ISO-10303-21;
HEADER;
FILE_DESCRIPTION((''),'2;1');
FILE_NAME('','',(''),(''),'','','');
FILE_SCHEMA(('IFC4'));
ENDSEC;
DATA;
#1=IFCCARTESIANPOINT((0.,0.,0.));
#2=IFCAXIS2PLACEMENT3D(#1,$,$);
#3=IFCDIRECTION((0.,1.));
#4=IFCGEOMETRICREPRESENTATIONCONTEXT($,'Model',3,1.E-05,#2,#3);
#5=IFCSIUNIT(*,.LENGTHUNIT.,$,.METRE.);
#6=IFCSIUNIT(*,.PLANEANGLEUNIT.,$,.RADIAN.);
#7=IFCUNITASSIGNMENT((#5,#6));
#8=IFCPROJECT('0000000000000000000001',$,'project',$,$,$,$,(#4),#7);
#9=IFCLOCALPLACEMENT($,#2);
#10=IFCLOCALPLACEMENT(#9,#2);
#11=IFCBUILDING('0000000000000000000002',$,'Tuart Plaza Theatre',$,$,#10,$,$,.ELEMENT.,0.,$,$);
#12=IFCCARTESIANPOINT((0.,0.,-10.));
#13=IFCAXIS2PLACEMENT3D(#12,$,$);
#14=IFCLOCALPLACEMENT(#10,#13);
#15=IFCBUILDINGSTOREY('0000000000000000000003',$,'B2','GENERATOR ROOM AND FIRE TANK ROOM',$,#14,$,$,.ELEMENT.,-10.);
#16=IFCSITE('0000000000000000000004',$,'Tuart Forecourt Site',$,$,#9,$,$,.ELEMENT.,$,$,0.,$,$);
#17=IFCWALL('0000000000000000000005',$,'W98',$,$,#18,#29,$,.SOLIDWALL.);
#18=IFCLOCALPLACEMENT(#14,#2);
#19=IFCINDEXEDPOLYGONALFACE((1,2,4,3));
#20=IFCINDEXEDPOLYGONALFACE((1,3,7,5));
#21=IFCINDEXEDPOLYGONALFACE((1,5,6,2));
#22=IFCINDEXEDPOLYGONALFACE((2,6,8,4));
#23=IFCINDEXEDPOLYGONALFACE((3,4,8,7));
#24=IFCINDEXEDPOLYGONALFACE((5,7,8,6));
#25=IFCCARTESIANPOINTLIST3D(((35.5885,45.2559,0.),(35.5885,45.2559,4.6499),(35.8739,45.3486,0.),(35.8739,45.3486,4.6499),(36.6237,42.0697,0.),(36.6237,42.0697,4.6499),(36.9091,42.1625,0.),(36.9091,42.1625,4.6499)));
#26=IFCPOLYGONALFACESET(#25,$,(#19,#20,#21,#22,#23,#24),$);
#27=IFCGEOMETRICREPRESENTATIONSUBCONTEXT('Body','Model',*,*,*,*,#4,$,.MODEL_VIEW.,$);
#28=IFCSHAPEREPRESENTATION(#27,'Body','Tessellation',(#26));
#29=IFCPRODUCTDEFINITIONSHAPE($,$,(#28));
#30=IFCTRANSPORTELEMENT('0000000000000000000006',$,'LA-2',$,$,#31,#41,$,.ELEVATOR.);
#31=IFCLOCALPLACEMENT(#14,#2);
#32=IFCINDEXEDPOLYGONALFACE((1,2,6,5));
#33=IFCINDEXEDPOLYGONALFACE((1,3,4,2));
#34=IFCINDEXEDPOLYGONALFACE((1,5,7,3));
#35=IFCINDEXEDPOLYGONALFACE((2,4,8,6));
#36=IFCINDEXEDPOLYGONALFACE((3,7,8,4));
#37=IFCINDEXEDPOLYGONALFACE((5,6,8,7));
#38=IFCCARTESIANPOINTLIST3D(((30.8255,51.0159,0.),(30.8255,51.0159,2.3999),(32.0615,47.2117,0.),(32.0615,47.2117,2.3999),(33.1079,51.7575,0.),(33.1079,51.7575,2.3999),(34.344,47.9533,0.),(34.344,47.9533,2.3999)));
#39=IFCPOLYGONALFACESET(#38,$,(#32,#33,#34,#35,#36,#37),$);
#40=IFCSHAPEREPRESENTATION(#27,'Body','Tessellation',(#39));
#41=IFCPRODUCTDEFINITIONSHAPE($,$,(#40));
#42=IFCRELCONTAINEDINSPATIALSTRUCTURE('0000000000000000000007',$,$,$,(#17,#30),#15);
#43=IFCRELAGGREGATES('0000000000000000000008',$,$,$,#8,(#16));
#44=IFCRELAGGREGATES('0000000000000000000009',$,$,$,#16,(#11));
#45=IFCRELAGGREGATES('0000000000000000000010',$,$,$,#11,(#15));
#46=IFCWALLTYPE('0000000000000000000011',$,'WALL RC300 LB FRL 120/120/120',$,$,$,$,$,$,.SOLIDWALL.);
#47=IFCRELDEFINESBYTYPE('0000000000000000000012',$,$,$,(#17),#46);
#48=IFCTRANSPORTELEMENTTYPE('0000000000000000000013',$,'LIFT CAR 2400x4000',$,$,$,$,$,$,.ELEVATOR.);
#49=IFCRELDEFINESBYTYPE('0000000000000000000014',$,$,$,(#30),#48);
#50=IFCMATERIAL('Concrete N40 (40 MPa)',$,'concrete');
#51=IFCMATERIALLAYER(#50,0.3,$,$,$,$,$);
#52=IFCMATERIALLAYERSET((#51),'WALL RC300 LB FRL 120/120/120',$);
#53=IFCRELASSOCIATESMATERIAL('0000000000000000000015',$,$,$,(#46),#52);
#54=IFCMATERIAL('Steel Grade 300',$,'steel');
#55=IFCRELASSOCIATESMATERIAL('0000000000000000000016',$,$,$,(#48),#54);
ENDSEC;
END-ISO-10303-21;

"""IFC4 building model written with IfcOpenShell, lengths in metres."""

from ifc_helpers import new_model, si_unit, direction, frame, frame_2d, origin, origin_2d, place, context, subcontext, project, spatial, rectangle, extrude, material, layer, layer_set, type_object, element, save


model = new_model("IFC4")

# Units and contexts
model_context = context("Model", 3, precision=1e-05, world=origin(), true_north=direction((0.0, 1.0)))
body_context = subcontext(model_context, "Body", "Model", "MODEL_VIEW")
ifc_project = project(units=[si_unit("LENGTHUNIT", "METRE"), si_unit("PLANEANGLEUNIT", "RADIAN")], contexts=[model_context])

# Site, building, storey
site_placement = place(None, origin())
site = spatial("IfcSite", under=ifc_project, at=site_placement, Name="Tuart Forecourt Site", CompositionType="ELEMENT", RefElevation=0.0)
building_placement = place(site_placement, origin())
building = spatial("IfcBuilding", under=site, at=building_placement, Name="Tuart Plaza Theatre", CompositionType="ELEMENT", ElevationOfRefHeight=0.0)
storey_placement = place(building_placement, frame((0.0, 0.0, -10.0)))
storey = spatial("IfcBuildingStorey", under=building, at=storey_placement, Name="B2", Description="GENERATOR ROOM AND FIRE TANK ROOM", CompositionType="ELEMENT", Elevation=-10.0)

# Wall
ifc_material_1 = material(Name="Concrete N40 (40 MPa)", Category="concrete")
ifc_layer_1 = layer(ifc_material_1, 0.3)
ifc_layer_set_1 = layer_set([ifc_layer_1], Name="WALL RC300 LB FRL 120/120/120")
wall_type_1 = type_object("IfcWallType", Name="WALL RC300 LB FRL 120/120/120", PredefinedType="SOLIDWALL", material=ifc_layer_set_1)
wall_1_placement = place(storey_placement, frame((35.7312, 45.3022, 0.0), z_axis=(0.0, 0.0, 1.0), x_axis=(0.309004, -0.951061, 0.0)))
element("IfcWall", 1, at=wall_1_placement, inside=storey, type_object=wall_type_1, Name="W98", PredefinedType="SOLIDWALL", context=body_context, shape_type="SweptSolid", body=[
    extrude(rectangle(XDim=3.3501, YDim=0.3, at=frame_2d((1.675, 0.0))), origin(), (0.0, 0.0, 1.0), 4.6499),
])

# Transport element
ifc_material_2 = material(Name="Steel Grade 300", Category="steel")
transport_element_type = type_object("IfcTransportElementType", Name="LIFT CAR 2400x4000", PredefinedType="ELEVATOR", material=ifc_material_2)
transport_element_placement = place(storey_placement, frame((32.5847, 49.4846, 0.0), z_axis=(0.0, 0.0, 1.0), x_axis=(0.951057, 0.309017, 0.0)))
element("IfcTransportElement", 2, at=transport_element_placement, inside=storey, type_object=transport_element_type, Name="LA-2", PredefinedType="ELEVATOR", context=body_context, shape_type="SweptSolid", body=[
    extrude(rectangle(XDim=2.3999, YDim=4.0, at=origin_2d()), origin(), (0.0, 0.0, 1.0), 2.3999),
])

save(model, "model.ifc")
